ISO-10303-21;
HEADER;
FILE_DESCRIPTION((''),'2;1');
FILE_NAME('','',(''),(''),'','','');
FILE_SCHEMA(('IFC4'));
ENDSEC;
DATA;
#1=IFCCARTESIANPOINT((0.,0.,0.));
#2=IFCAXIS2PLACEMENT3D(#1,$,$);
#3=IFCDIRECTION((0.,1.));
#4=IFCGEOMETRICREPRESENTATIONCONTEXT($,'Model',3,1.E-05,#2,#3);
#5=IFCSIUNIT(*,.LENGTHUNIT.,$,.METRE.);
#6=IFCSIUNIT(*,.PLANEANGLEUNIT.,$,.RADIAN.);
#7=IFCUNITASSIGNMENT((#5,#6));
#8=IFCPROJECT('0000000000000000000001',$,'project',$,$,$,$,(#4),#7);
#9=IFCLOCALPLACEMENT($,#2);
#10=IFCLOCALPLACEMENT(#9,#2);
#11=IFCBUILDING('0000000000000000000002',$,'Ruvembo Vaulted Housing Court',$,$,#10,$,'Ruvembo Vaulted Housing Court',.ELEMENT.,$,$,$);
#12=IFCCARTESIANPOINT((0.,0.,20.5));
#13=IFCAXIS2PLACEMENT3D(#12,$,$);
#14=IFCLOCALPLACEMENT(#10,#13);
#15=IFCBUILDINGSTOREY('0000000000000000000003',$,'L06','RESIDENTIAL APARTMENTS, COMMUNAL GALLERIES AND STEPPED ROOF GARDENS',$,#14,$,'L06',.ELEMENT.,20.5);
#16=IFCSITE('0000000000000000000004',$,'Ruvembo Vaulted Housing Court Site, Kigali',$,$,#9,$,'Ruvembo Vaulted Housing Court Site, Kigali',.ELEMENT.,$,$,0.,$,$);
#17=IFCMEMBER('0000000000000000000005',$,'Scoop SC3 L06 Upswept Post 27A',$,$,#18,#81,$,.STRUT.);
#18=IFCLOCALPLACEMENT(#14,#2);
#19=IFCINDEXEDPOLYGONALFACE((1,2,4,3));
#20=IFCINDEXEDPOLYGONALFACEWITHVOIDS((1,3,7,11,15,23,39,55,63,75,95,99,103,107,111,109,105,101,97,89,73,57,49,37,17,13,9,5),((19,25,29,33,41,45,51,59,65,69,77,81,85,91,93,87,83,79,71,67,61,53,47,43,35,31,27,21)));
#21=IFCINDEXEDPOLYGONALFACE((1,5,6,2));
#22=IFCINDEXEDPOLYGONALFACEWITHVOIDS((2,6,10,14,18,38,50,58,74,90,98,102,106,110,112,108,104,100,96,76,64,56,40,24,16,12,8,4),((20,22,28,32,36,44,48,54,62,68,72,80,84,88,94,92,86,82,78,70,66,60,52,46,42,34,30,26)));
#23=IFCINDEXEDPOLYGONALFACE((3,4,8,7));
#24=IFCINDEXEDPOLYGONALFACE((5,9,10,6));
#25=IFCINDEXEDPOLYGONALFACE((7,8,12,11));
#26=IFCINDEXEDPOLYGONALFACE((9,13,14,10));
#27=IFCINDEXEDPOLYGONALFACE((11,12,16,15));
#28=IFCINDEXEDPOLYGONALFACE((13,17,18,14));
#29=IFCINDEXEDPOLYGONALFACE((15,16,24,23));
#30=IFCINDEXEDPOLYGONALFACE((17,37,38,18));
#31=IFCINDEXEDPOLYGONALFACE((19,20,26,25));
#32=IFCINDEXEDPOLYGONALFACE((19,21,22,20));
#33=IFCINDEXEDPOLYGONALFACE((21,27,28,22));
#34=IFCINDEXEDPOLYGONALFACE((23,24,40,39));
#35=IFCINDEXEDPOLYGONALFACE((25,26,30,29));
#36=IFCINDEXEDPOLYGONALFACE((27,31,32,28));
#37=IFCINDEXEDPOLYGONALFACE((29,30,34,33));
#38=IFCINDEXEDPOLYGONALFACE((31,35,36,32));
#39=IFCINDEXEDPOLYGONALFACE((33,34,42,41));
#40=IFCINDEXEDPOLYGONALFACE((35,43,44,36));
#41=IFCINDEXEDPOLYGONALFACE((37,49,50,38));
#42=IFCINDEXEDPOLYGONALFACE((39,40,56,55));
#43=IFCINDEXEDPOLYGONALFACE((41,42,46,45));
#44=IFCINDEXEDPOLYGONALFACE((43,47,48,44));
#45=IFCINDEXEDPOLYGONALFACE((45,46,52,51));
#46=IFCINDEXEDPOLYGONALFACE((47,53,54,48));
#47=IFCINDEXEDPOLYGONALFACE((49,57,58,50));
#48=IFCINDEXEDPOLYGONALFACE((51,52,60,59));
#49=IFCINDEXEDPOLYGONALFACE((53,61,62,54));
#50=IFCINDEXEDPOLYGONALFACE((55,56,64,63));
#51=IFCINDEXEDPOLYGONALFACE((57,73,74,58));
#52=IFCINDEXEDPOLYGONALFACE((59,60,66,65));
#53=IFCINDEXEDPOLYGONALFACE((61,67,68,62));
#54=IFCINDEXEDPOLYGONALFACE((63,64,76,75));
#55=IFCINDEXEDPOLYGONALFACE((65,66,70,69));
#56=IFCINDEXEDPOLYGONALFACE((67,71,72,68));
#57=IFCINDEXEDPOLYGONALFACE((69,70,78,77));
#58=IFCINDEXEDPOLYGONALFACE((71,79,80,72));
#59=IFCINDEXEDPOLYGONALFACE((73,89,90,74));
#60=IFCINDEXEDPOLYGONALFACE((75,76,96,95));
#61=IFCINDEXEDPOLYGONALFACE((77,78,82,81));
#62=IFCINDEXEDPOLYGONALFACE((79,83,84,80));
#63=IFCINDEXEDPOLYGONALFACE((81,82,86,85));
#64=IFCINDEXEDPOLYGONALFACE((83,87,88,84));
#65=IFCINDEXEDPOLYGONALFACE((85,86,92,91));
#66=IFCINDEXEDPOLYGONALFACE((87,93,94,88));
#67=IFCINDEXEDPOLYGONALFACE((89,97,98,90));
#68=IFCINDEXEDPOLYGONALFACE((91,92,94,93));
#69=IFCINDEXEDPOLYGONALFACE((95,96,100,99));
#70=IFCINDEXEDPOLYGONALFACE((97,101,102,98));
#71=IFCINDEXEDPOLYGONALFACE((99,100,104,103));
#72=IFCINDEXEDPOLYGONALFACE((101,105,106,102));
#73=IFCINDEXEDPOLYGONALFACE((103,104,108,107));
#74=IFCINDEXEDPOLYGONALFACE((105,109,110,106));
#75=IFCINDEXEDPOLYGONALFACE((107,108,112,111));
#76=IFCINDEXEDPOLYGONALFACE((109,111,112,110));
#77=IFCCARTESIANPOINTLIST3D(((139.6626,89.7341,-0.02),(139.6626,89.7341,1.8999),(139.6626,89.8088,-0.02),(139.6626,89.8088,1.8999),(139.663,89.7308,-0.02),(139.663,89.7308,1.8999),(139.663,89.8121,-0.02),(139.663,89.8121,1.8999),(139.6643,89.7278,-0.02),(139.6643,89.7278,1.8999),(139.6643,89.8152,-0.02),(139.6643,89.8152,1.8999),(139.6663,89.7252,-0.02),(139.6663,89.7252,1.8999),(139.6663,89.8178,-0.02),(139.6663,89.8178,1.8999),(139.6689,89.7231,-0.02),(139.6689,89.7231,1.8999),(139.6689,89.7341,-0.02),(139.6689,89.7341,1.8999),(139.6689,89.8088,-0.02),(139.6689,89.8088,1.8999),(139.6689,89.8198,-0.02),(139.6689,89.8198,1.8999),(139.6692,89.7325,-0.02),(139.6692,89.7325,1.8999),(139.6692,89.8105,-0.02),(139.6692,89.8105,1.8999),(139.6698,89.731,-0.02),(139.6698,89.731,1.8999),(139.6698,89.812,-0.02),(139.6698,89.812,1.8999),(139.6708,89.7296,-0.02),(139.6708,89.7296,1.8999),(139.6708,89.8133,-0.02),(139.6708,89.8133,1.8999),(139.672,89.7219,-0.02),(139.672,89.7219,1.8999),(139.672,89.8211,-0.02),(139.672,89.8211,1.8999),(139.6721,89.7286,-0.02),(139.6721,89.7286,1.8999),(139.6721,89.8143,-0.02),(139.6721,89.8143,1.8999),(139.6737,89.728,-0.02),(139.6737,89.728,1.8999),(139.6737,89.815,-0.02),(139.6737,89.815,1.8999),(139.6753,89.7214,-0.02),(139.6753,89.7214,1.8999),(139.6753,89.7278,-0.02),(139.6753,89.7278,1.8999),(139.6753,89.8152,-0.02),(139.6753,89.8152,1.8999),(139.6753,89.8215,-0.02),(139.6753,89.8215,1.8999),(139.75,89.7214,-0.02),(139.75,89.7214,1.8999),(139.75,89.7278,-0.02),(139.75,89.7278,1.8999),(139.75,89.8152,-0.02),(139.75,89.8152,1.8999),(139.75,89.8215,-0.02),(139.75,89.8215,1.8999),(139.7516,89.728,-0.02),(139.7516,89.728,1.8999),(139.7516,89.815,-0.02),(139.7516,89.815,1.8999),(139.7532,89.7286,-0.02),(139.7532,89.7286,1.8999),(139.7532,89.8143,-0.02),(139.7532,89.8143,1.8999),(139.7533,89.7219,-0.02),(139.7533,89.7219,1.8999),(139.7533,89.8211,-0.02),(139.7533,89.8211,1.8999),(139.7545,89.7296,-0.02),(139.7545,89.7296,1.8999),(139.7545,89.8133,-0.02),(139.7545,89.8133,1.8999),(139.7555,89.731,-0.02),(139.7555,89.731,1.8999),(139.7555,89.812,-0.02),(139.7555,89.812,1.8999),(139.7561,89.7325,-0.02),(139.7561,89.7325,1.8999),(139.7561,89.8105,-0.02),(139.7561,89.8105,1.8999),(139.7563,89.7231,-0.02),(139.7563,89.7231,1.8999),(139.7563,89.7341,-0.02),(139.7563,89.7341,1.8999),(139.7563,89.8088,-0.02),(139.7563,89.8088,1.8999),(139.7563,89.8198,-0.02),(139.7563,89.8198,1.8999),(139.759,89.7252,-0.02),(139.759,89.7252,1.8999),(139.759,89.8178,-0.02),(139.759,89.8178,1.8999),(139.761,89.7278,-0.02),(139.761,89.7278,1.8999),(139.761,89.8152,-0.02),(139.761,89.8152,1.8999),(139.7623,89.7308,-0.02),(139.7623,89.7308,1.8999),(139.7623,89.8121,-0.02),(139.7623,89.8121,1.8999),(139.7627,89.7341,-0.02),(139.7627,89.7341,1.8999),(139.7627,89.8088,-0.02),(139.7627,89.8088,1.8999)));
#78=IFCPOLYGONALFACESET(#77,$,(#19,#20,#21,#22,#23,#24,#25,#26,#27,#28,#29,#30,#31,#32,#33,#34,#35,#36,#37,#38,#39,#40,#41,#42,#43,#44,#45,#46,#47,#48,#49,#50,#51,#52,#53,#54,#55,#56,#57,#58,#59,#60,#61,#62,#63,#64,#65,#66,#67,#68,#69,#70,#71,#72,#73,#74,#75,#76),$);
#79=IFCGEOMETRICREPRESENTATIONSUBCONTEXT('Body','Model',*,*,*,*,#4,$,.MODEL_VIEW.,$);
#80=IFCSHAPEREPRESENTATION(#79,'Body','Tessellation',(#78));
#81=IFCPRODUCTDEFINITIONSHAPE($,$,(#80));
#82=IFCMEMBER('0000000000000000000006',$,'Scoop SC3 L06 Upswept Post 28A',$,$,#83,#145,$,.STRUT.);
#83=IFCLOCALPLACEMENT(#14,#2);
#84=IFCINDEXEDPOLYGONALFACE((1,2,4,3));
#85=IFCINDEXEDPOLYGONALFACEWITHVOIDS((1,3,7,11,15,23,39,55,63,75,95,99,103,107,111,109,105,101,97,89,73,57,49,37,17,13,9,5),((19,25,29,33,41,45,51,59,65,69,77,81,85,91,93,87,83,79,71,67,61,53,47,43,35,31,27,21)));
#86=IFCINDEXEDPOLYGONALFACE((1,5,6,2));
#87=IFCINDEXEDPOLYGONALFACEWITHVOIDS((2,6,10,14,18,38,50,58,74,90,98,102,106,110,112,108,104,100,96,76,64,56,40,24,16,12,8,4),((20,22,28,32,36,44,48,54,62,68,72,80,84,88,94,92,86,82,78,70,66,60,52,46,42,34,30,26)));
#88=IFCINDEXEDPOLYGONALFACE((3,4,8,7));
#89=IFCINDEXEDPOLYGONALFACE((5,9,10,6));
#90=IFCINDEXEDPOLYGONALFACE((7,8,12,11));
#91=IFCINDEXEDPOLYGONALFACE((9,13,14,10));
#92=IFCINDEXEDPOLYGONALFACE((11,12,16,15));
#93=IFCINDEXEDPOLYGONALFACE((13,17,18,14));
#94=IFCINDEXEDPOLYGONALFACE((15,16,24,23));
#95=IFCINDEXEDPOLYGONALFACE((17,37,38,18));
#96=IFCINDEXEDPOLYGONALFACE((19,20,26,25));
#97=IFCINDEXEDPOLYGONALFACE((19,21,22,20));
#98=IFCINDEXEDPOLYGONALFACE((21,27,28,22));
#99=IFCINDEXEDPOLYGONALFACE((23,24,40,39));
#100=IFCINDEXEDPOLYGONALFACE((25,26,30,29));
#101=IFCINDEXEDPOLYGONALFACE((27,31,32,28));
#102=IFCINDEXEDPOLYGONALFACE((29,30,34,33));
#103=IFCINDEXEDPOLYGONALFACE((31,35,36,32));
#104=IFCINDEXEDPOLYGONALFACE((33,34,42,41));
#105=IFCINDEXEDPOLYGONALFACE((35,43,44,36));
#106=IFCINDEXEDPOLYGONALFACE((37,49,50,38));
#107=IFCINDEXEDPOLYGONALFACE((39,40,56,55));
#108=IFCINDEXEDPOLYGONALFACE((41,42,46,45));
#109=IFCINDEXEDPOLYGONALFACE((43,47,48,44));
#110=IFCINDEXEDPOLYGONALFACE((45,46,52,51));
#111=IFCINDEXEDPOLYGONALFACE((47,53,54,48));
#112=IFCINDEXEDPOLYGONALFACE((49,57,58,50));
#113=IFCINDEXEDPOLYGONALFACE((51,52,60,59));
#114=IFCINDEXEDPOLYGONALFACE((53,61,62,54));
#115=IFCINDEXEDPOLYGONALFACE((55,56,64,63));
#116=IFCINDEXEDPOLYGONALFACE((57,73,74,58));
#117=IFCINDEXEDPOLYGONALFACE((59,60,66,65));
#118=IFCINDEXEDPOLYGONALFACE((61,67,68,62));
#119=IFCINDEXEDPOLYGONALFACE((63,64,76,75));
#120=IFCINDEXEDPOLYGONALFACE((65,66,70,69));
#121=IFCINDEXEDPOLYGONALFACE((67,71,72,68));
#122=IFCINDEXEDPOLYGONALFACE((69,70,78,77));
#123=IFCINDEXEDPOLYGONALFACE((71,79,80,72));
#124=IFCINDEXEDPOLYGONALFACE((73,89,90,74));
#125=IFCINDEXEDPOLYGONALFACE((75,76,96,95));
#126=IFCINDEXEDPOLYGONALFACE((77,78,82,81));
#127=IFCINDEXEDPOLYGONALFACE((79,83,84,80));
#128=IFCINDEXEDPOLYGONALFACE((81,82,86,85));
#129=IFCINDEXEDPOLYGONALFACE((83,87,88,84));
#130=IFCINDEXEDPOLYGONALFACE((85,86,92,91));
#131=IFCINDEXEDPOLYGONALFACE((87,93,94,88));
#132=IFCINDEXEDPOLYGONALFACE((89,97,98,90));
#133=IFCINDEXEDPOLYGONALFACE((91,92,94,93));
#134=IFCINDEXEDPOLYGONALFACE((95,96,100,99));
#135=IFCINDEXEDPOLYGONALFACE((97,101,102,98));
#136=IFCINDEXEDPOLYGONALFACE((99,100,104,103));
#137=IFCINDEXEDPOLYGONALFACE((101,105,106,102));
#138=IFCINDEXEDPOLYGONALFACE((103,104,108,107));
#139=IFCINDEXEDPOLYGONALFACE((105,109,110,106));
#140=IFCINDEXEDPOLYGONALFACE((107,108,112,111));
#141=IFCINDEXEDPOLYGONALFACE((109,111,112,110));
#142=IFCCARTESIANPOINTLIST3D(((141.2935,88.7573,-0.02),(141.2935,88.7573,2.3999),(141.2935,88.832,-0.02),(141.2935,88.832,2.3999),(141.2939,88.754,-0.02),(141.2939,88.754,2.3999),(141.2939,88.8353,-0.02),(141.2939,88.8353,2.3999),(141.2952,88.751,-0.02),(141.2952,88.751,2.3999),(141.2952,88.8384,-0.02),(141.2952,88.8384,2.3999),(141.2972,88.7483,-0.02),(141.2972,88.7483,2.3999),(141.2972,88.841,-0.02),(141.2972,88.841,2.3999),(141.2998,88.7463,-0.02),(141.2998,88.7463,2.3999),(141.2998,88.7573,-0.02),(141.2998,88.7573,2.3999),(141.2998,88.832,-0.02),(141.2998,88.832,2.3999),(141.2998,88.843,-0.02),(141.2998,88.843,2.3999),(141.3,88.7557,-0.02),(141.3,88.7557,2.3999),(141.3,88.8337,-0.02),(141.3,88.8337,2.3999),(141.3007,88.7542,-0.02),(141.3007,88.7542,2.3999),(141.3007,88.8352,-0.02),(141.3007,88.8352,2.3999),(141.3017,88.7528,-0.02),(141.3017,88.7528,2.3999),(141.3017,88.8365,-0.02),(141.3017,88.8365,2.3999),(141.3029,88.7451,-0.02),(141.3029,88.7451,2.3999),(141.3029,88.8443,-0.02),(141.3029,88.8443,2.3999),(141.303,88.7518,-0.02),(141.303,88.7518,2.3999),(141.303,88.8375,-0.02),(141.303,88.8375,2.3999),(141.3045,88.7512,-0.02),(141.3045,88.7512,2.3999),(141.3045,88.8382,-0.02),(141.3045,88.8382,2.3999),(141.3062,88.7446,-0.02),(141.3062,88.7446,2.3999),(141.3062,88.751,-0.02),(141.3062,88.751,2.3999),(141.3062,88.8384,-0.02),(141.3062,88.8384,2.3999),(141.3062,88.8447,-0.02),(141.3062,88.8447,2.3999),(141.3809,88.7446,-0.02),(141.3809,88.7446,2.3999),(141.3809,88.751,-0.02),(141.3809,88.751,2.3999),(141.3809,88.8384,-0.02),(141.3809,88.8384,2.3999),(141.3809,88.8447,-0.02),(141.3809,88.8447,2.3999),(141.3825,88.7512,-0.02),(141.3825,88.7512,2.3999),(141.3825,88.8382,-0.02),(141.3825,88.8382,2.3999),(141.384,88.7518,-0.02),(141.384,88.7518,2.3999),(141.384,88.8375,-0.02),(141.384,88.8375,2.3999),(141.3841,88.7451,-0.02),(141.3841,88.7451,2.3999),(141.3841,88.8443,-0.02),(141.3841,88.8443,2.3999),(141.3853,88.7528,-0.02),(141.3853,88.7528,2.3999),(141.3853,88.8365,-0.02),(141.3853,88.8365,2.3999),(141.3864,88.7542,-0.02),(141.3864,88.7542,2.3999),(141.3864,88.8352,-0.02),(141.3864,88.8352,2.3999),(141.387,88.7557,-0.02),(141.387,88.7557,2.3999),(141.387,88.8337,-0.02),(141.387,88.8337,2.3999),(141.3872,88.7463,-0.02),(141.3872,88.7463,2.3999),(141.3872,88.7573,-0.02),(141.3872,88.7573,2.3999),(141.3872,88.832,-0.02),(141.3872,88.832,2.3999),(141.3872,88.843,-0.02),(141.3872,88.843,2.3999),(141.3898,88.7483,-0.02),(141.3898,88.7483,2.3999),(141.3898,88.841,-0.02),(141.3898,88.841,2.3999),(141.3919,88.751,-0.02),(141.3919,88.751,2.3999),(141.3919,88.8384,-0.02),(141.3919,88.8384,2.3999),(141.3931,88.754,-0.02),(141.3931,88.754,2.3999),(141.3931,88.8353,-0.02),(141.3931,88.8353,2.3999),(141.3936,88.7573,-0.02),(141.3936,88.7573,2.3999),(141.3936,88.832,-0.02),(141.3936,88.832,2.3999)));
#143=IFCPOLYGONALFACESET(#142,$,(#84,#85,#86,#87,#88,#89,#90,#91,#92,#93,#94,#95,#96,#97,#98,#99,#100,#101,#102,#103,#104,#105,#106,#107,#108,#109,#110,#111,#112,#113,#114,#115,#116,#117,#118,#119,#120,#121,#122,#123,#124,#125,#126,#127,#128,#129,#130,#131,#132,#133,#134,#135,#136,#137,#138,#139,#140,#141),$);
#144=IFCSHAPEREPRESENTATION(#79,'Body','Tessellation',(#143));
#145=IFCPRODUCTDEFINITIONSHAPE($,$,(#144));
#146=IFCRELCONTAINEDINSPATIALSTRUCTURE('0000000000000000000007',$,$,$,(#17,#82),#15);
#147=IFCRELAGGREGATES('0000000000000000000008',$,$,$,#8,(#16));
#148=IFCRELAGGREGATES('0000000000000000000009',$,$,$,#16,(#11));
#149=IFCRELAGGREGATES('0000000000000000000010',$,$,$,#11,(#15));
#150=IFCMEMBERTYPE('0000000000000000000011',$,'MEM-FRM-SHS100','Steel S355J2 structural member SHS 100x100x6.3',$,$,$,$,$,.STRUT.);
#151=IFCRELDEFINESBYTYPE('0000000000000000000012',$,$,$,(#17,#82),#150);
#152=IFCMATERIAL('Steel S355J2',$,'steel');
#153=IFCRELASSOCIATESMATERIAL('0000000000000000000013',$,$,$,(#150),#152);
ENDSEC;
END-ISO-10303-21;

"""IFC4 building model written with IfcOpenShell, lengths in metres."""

from ifc_helpers import new_model, si_unit, direction, frame, origin, origin_2d, place, context, subcontext, project, spatial, hollow_rectangle, extrude, material, material_profile, profile_set, type_object, element, save


model = new_model("IFC4")

# Units and contexts
model_context = context("Model", 3, precision=1e-05, world=origin(), true_north=direction((0.0, 1.0)))
body_context = subcontext(model_context, "Body", "Model", "MODEL_VIEW")
ifc_project = project(units=[si_unit("LENGTHUNIT", "METRE"), si_unit("PLANEANGLEUNIT", "RADIAN")], contexts=[model_context])

# Site, building, storey
site_placement = place(None, origin())
site = spatial("IfcSite", under=ifc_project, at=site_placement, Name="Ruvembo Vaulted Housing Court Site, Kigali", LongName="Ruvembo Vaulted Housing Court Site, Kigali", CompositionType="ELEMENT", RefElevation=0.0)
building_placement = place(site_placement, origin())
building = spatial("IfcBuilding", under=site, at=building_placement, Name="Ruvembo Vaulted Housing Court", LongName="Ruvembo Vaulted Housing Court", CompositionType="ELEMENT")
storey_placement = place(building_placement, frame((0.0, 0.0, 20.5)))
storey = spatial("IfcBuildingStorey", under=building, at=storey_placement, Name="L06", Description="RESIDENTIAL APARTMENTS, COMMUNAL GALLERIES AND STEPPED ROOF GARDENS", LongName="L06", CompositionType="ELEMENT", Elevation=20.5)

# Members
ifc_material_1 = material(Name="Steel S355J2", Category="steel")
ifc_material_profile_1 = material_profile(ifc_material_1, hollow_rectangle(XDim=0.1001, YDim=0.1001, WallThickness=0.0063, InnerFilletRadius=0.0063, OuterFilletRadius=0.0127, at=origin_2d()), Name="SHS 100x100x6.3")
ifc_profile_set_1 = profile_set([ifc_material_profile_1], Name="Steel S355J2")
member_type_1 = type_object("IfcMemberType", Name="MEM-FRM-SHS100", Description="Steel S355J2 structural member SHS 100x100x6.3", PredefinedType="STRUT", material=ifc_profile_set_1)
member_1_placement = place(storey_placement, frame((139.7126, 89.7715, -0.02), z_axis=(0.0, 0.0, 1.0), x_axis=(1.0, 0.0, 0.0)))
element("IfcMember", 1, at=member_1_placement, inside=storey, type_object=member_type_1, Name="Scoop SC3 L06 Upswept Post 27A", PredefinedType="STRUT", context=body_context, shape_type="SweptSolid", body=[
    extrude(hollow_rectangle(XDim=0.1001, YDim=0.1001, WallThickness=0.0063, InnerFilletRadius=0.0063, OuterFilletRadius=0.0127, at=origin_2d()), origin(), (0.0, 0.0, 1.0), 1.9199),
])
member_2_placement = place(storey_placement, frame((141.3435, 88.7947, -0.02), z_axis=(0.0, 0.0, 1.0), x_axis=(1.0, 0.0, 0.0)))
element("IfcMember", 2, at=member_2_placement, inside=storey, type_object=member_type_1, Name="Scoop SC3 L06 Upswept Post 28A", PredefinedType="STRUT", context=body_context, shape_type="SweptSolid", body=[
    extrude(hollow_rectangle(XDim=0.1001, YDim=0.1001, WallThickness=0.0063, InnerFilletRadius=0.0063, OuterFilletRadius=0.0127, at=origin_2d()), origin(), (0.0, 0.0, 1.0), 2.4199),
])

save(model, "model.ifc")
